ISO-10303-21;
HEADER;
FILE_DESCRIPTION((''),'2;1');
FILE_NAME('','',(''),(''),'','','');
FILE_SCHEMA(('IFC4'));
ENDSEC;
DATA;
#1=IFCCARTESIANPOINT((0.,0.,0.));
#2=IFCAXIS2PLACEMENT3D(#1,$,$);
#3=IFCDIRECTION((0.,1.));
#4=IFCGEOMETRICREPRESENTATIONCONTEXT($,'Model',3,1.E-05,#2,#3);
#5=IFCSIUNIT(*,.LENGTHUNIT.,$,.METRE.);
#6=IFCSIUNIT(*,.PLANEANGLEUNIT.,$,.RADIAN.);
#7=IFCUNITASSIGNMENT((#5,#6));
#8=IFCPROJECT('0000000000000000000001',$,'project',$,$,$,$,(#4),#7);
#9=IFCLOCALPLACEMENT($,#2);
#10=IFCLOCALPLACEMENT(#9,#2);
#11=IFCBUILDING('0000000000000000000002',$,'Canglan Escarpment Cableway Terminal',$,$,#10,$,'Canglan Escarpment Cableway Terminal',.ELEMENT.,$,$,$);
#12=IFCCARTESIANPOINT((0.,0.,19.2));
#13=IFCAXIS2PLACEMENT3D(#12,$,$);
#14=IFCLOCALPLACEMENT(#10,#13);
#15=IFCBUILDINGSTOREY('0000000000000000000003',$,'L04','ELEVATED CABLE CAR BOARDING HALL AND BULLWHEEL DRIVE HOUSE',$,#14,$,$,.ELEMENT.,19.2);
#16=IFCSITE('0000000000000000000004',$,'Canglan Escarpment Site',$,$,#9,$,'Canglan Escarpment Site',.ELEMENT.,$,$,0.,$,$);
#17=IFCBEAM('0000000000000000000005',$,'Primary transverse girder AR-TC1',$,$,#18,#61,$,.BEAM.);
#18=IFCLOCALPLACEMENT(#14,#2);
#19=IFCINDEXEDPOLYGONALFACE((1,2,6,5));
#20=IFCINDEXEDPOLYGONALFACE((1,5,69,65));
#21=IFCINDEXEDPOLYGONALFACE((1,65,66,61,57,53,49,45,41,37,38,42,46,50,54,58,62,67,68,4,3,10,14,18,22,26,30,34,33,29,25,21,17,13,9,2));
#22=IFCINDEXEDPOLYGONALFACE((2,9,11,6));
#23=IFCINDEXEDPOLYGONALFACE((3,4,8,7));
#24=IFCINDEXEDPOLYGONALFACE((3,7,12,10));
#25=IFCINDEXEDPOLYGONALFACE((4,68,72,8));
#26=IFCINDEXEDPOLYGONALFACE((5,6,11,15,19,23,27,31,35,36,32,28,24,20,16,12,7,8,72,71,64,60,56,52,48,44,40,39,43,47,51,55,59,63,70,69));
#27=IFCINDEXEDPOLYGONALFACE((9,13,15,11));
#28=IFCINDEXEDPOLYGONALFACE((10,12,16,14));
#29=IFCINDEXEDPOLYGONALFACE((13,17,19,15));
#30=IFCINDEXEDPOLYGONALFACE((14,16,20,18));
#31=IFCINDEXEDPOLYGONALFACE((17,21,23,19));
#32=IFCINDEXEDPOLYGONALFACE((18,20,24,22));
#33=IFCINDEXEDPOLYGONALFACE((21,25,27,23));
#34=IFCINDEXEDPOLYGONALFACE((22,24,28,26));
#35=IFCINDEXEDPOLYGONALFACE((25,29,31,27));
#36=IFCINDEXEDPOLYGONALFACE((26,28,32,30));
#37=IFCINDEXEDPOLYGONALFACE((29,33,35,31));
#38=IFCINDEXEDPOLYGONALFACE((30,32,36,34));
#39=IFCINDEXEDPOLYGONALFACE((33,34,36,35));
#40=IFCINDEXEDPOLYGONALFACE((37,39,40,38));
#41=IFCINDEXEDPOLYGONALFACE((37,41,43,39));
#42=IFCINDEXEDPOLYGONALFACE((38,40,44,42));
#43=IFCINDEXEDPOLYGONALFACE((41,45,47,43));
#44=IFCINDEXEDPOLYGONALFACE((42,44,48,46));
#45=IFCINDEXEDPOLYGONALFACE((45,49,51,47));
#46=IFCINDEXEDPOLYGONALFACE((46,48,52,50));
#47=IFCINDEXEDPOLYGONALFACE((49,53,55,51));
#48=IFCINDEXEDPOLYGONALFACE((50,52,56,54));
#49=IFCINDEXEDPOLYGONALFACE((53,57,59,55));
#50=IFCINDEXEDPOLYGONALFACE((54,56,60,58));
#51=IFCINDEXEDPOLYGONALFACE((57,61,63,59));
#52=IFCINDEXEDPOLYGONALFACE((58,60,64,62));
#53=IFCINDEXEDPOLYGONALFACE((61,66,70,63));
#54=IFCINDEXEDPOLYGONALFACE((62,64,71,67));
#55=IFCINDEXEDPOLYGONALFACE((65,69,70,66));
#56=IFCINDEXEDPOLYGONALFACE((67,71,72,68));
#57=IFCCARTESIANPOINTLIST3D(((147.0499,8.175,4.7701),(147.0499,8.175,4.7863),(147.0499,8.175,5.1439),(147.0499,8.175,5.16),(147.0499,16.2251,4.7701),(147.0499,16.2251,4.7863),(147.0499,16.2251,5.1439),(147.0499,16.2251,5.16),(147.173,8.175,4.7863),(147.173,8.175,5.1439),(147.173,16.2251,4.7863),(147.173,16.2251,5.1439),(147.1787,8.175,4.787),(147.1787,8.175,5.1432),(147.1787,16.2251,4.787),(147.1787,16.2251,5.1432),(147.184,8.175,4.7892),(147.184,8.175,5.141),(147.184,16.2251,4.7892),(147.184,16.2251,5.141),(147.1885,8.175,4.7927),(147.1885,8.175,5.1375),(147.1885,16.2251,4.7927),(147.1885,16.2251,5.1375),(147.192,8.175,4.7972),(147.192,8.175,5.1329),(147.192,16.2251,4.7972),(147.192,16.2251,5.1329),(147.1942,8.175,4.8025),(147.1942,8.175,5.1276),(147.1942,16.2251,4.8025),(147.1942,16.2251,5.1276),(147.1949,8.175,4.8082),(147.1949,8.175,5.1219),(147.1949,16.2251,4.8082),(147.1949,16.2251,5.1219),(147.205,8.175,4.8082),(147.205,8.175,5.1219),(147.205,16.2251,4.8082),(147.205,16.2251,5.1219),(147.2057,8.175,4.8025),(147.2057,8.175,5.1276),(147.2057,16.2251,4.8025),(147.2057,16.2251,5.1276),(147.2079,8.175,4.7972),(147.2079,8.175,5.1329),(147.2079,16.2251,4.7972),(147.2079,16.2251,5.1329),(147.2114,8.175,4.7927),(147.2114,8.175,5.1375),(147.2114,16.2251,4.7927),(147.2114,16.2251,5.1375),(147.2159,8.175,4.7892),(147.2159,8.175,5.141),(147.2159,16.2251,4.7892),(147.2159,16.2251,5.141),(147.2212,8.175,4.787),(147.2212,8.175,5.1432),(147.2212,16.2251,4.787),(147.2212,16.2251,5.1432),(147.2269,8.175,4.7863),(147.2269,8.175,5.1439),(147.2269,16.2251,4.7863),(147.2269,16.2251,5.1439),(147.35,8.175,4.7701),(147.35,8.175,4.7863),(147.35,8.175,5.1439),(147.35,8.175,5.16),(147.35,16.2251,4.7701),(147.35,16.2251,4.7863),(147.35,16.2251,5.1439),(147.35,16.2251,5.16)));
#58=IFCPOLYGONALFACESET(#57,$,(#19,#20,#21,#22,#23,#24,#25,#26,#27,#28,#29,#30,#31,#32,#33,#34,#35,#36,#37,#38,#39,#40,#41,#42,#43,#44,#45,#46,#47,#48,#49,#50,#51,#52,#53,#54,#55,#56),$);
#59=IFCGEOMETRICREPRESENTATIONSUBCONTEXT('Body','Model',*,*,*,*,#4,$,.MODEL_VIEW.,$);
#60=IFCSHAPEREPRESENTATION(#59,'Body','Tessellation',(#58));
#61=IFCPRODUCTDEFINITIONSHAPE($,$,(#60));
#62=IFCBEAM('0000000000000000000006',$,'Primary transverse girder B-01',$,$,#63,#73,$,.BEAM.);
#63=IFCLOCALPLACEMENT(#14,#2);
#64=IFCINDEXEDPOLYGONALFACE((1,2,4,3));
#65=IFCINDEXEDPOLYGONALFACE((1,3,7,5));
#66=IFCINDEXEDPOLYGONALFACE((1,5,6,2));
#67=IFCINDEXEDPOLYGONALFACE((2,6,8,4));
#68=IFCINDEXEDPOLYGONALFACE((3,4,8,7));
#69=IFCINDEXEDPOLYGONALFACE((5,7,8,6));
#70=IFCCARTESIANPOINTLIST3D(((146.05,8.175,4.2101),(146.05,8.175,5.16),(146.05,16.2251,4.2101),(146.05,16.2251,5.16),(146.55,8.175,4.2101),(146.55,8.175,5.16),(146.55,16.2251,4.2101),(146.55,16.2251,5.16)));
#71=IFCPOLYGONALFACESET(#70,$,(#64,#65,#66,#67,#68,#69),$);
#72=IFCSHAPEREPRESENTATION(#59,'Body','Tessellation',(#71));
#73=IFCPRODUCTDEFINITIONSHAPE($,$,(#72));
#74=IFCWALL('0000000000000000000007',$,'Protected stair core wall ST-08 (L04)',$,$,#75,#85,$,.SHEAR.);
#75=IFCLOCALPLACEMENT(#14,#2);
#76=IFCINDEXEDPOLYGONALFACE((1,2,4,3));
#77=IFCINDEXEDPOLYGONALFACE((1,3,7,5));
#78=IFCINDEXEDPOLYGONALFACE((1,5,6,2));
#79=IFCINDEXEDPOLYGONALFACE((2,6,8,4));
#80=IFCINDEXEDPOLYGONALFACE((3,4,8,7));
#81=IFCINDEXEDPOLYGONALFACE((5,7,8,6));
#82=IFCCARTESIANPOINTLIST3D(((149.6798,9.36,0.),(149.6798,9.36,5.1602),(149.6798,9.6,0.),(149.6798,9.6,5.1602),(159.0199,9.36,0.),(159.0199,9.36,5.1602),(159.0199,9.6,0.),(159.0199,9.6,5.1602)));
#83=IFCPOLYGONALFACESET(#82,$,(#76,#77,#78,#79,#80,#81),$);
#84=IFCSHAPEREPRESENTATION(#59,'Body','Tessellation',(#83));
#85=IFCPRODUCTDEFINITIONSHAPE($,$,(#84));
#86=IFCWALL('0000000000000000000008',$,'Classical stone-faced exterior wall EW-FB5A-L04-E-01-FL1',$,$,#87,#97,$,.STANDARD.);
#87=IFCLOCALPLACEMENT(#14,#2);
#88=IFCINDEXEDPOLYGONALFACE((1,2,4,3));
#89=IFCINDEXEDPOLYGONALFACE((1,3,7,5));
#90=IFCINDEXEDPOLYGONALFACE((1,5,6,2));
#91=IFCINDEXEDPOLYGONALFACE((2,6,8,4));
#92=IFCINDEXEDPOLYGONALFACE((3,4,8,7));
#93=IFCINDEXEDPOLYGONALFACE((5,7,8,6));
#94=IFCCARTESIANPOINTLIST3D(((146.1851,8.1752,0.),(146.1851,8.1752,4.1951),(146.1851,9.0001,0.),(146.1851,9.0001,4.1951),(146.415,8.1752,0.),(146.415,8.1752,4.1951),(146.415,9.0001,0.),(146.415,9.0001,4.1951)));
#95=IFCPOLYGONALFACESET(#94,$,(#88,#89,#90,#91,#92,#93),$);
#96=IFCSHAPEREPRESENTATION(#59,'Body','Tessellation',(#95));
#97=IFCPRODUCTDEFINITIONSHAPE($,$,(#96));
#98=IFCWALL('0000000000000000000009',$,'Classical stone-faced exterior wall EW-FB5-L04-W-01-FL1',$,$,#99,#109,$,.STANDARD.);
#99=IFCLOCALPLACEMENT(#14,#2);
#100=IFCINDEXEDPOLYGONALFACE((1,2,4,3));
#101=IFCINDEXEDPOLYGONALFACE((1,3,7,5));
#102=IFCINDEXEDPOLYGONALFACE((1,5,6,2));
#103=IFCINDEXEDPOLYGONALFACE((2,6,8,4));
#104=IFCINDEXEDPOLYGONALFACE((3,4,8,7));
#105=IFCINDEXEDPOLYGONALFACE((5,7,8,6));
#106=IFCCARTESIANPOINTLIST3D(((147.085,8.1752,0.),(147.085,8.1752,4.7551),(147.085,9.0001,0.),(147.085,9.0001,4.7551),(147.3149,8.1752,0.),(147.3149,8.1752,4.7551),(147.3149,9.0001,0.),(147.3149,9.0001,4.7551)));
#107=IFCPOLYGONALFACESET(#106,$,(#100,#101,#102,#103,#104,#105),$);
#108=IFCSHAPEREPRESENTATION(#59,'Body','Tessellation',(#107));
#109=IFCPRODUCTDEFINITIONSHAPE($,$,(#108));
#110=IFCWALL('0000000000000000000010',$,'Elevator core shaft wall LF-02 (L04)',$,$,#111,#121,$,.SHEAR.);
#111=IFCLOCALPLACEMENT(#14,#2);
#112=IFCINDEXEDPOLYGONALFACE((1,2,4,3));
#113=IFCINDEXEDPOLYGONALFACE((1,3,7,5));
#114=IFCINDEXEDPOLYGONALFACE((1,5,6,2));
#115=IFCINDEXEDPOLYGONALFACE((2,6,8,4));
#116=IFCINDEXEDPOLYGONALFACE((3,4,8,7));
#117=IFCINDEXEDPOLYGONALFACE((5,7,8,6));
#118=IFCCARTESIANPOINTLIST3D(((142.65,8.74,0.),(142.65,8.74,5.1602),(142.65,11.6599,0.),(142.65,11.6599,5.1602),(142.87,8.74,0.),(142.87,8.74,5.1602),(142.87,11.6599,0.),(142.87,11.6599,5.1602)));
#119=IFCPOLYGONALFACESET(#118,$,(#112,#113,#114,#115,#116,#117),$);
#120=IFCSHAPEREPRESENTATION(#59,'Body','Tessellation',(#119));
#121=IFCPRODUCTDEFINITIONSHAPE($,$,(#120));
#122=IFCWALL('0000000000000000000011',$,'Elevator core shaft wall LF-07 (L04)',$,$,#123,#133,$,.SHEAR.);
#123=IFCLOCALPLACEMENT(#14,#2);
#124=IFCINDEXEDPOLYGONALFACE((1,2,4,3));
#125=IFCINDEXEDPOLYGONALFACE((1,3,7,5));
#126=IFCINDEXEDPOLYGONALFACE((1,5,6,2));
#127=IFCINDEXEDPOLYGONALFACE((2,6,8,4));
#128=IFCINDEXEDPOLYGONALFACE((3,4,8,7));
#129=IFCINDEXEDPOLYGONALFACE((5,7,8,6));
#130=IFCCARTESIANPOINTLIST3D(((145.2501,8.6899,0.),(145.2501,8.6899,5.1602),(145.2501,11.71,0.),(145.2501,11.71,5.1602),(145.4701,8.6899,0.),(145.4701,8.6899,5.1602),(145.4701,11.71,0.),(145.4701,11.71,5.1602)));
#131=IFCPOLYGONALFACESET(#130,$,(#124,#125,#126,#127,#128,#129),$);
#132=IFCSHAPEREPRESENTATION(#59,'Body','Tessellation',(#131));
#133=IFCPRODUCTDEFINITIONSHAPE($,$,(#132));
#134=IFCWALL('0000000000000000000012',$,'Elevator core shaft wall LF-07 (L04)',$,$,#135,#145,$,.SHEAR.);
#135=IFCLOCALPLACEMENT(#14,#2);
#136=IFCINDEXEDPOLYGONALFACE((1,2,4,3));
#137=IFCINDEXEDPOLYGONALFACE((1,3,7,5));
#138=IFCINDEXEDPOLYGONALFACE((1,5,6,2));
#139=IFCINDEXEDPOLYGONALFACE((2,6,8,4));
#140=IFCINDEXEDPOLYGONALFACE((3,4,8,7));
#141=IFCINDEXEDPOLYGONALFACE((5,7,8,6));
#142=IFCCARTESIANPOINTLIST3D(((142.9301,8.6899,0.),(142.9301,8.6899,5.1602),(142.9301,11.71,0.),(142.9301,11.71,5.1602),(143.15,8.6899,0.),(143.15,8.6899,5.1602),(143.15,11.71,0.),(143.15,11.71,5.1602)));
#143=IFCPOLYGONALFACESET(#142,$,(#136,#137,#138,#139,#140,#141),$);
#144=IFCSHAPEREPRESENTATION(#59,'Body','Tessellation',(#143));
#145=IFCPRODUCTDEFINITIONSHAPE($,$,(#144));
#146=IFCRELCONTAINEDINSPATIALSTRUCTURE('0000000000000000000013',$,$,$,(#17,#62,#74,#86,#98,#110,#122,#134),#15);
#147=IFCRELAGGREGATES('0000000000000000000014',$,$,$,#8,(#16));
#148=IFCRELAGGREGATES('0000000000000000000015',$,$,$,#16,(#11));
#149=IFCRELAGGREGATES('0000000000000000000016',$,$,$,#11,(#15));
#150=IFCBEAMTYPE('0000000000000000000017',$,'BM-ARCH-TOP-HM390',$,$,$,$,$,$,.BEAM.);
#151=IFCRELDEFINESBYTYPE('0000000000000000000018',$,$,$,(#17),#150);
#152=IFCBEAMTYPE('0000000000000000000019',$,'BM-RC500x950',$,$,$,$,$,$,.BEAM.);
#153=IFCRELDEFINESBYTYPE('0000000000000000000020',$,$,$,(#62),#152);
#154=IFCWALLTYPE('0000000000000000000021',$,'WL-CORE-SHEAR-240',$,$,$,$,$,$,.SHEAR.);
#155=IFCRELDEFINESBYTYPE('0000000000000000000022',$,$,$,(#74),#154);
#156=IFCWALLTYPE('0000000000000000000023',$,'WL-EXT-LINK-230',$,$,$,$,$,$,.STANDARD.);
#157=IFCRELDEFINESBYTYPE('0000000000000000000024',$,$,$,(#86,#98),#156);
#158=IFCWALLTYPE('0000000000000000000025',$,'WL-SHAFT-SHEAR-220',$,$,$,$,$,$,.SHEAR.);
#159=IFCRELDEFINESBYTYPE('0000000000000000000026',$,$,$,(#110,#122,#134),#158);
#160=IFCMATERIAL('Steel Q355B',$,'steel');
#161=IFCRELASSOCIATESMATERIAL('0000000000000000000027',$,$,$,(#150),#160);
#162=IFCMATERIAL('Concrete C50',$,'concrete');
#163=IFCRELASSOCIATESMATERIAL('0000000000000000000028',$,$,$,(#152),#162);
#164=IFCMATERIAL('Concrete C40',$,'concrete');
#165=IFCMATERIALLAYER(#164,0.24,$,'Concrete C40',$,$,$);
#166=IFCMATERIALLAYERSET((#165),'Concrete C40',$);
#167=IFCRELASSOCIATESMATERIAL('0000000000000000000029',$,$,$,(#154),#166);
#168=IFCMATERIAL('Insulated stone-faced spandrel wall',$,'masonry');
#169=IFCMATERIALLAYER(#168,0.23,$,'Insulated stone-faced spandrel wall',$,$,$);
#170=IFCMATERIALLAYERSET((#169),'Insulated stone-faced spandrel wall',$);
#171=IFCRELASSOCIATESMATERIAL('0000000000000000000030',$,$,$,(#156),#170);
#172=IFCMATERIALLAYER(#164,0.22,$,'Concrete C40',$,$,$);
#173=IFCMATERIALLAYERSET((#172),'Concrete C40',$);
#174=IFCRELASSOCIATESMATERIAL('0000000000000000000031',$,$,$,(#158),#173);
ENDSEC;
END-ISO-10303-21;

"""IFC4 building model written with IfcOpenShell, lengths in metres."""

from ifc_helpers import new_model, si_unit, direction, frame, frame_2d, origin, origin_2d, place, context, subcontext, project, spatial, rectangle, i_section, extrude, material, layer, layer_set, material_profile, profile_set, type_object, element, save


model = new_model("IFC4")

# Units and contexts
model_context = context("Model", 3, precision=1e-05, world=origin(), true_north=direction((0.0, 1.0)))
body_context = subcontext(model_context, "Body", "Model", "MODEL_VIEW")
ifc_project = project(units=[si_unit("LENGTHUNIT", "METRE"), si_unit("PLANEANGLEUNIT", "RADIAN")], contexts=[model_context])

# Site, building, storey
site_placement = place(None, origin())
site = spatial("IfcSite", under=ifc_project, at=site_placement, Name="Canglan Escarpment Site", LongName="Canglan Escarpment Site", CompositionType="ELEMENT", RefElevation=0.0)
building_placement = place(site_placement, origin())
building = spatial("IfcBuilding", under=site, at=building_placement, Name="Canglan Escarpment Cableway Terminal", LongName="Canglan Escarpment Cableway Terminal", CompositionType="ELEMENT")
storey_placement = place(building_placement, frame((0.0, 0.0, 19.2)))
storey = spatial("IfcBuildingStorey", under=building, at=storey_placement, Name="L04", Description="ELEVATED CABLE CAR BOARDING HALL AND BULLWHEEL DRIVE HOUSE", CompositionType="ELEMENT", Elevation=19.2)

# Beams
ifc_material_1 = material(Name="Steel Q355B", Category="steel")
ifc_material_profile_1 = material_profile(ifc_material_1, i_section(OverallWidth=0.3, OverallDepth=0.3899, WebThickness=0.01, FlangeThickness=0.0161, FilletRadius=0.022, at=origin_2d()), Name="HM 390x300x10x16")
ifc_profile_set_1 = profile_set([ifc_material_profile_1], Name="Steel Q355B")
beam_type_1 = type_object("IfcBeamType", Name="BM-ARCH-TOP-HM390", PredefinedType="BEAM", material=ifc_profile_set_1)
beam_1_placement = place(storey_placement, frame((147.2, 8.175, 4.9651), z_axis=(0.0, 1.0, 0.0), x_axis=(-1.0, 0.0, 0.0)))
element("IfcBeam", 1, at=beam_1_placement, inside=storey, type_object=beam_type_1, Name="Primary transverse girder AR-TC1", PredefinedType="BEAM", context=body_context, shape_type="SweptSolid", body=[
    extrude(i_section(OverallWidth=0.3, OverallDepth=0.3899, WebThickness=0.01, FlangeThickness=0.0161, FilletRadius=0.022, at=origin_2d()), origin(), (0.0, 0.0, 1.0), 8.05),
])
ifc_material_2 = material(Name="Concrete C50", Category="concrete")
ifc_material_profile_2 = material_profile(ifc_material_2, rectangle(XDim=0.5, YDim=0.95, at=origin_2d()), Name="RC 500x950")
ifc_profile_set_2 = profile_set([ifc_material_profile_2], Name="Concrete C50")
beam_type_2 = type_object("IfcBeamType", Name="BM-RC500x950", PredefinedType="BEAM", material=ifc_profile_set_2)
beam_2_placement = place(storey_placement, frame((146.3, 8.175, 4.6851), z_axis=(0.0, 1.0, 0.0), x_axis=(-1.0, 0.0, 0.0)))
element("IfcBeam", 2, at=beam_2_placement, inside=storey, type_object=beam_type_2, Name="Primary transverse girder B-01", PredefinedType="BEAM", context=body_context, shape_type="SweptSolid", body=[
    extrude(rectangle(XDim=0.5, YDim=0.95, at=origin_2d()), origin(), (0.0, 0.0, 1.0), 8.05),
])

# Walls
ifc_material_3 = material(Name="Concrete C40", Category="concrete")
ifc_layer_1 = layer(ifc_material_3, 0.24, Name="Concrete C40")
ifc_layer_set_1 = layer_set([ifc_layer_1], Name="Concrete C40")
wall_type_1 = type_object("IfcWallType", Name="WL-CORE-SHEAR-240", PredefinedType="SHEAR", material=ifc_layer_set_1)
wall_1_placement = place(storey_placement, frame((149.6799, 9.48, 0.0), z_axis=(0.0, 0.0, 1.0), x_axis=(1.0, 0.0, 0.0)))
element("IfcWall", 3, at=wall_1_placement, inside=storey, type_object=wall_type_1, Name="Protected stair core wall ST-08 (L04)", PredefinedType="SHEAR", context=body_context, shape_type="SweptSolid", body=[
    extrude(rectangle(XDim=9.3401, YDim=0.24, at=frame_2d((4.6699, 0.0))), origin(), (0.0, 0.0, 1.0), 5.1602),
])
ifc_material_4 = material(Name="Insulated stone-faced spandrel wall", Category="masonry")
ifc_layer_2 = layer(ifc_material_4, 0.23, Name="Insulated stone-faced spandrel wall")
ifc_layer_set_2 = layer_set([ifc_layer_2], Name="Insulated stone-faced spandrel wall")
wall_type_2 = type_object("IfcWallType", Name="WL-EXT-LINK-230", PredefinedType="STANDARD", material=ifc_layer_set_2)
wall_2_placement = place(storey_placement, frame((146.3, 8.175, 0.0), z_axis=(0.0, 0.0, 1.0), x_axis=(0.0, 1.0, 0.0)))
element("IfcWall", 4, at=wall_2_placement, inside=storey, type_object=wall_type_2, Name="Classical stone-faced exterior wall EW-FB5A-L04-E-01-FL1", PredefinedType="STANDARD", context=body_context, shape_type="SweptSolid", body=[
    extrude(rectangle(XDim=0.825, YDim=0.23, at=frame_2d((0.4126, 0.0))), origin(), (0.0, 0.0, 1.0), 4.1951),
])
wall_3_placement = place(storey_placement, frame((147.2, 8.175, 0.0), z_axis=(0.0, 0.0, 1.0), x_axis=(0.0, 1.0, 0.0)))
element("IfcWall", 5, at=wall_3_placement, inside=storey, type_object=wall_type_2, Name="Classical stone-faced exterior wall EW-FB5-L04-W-01-FL1", PredefinedType="STANDARD", context=body_context, shape_type="SweptSolid", body=[
    extrude(rectangle(XDim=0.825, YDim=0.23, at=frame_2d((0.4126, 0.0))), origin(), (0.0, 0.0, 1.0), 4.7551),
])
ifc_layer_3 = layer(ifc_material_3, 0.22, Name="Concrete C40")
ifc_layer_set_3 = layer_set([ifc_layer_3], Name="Concrete C40")
wall_type_3 = type_object("IfcWallType", Name="WL-SHAFT-SHEAR-220", PredefinedType="SHEAR", material=ifc_layer_set_3)
wall_4_placement = place(storey_placement, frame((142.76, 8.74, 0.0), z_axis=(0.0, 0.0, 1.0), x_axis=(0.0, 1.0, 0.0)))
element("IfcWall", 6, at=wall_4_placement, inside=storey, type_object=wall_type_3, Name="Elevator core shaft wall LF-02 (L04)", PredefinedType="SHEAR", context=body_context, shape_type="SweptSolid", body=[
    extrude(rectangle(XDim=2.9199, YDim=0.22, at=frame_2d((1.46, 0.0))), origin(), (0.0, 0.0, 1.0), 5.1602),
])

# Wall
wall_5_placement = place(storey_placement, frame((145.3601, 8.6899, 0.0), z_axis=(0.0, 0.0, 1.0), x_axis=(0.0, 1.0, 0.0)))
element("IfcWall", 7, at=wall_5_placement, inside=storey, type_object=wall_type_3, Name="Elevator core shaft wall LF-07 (L04)", PredefinedType="SHEAR", context=body_context, shape_type="SweptSolid", body=[
    extrude(rectangle(XDim=3.02, YDim=0.22, at=frame_2d((1.51, 0.0))), origin(), (0.0, 0.0, 1.0), 5.1602),
])

# Wall
wall_6_placement = place(storey_placement, frame((143.04, 11.71, 0.0), z_axis=(0.0, 0.0, 1.0), x_axis=(0.0, -1.0, 0.0)))
element("IfcWall", 8, at=wall_6_placement, inside=storey, type_object=wall_type_3, Name="Elevator core shaft wall LF-07 (L04)", PredefinedType="SHEAR", context=body_context, shape_type="SweptSolid", body=[
    extrude(rectangle(XDim=3.02, YDim=0.22, at=frame_2d((1.51, 0.0))), origin(), (0.0, 0.0, 1.0), 5.1602),
])

save(model, "model.ifc")
